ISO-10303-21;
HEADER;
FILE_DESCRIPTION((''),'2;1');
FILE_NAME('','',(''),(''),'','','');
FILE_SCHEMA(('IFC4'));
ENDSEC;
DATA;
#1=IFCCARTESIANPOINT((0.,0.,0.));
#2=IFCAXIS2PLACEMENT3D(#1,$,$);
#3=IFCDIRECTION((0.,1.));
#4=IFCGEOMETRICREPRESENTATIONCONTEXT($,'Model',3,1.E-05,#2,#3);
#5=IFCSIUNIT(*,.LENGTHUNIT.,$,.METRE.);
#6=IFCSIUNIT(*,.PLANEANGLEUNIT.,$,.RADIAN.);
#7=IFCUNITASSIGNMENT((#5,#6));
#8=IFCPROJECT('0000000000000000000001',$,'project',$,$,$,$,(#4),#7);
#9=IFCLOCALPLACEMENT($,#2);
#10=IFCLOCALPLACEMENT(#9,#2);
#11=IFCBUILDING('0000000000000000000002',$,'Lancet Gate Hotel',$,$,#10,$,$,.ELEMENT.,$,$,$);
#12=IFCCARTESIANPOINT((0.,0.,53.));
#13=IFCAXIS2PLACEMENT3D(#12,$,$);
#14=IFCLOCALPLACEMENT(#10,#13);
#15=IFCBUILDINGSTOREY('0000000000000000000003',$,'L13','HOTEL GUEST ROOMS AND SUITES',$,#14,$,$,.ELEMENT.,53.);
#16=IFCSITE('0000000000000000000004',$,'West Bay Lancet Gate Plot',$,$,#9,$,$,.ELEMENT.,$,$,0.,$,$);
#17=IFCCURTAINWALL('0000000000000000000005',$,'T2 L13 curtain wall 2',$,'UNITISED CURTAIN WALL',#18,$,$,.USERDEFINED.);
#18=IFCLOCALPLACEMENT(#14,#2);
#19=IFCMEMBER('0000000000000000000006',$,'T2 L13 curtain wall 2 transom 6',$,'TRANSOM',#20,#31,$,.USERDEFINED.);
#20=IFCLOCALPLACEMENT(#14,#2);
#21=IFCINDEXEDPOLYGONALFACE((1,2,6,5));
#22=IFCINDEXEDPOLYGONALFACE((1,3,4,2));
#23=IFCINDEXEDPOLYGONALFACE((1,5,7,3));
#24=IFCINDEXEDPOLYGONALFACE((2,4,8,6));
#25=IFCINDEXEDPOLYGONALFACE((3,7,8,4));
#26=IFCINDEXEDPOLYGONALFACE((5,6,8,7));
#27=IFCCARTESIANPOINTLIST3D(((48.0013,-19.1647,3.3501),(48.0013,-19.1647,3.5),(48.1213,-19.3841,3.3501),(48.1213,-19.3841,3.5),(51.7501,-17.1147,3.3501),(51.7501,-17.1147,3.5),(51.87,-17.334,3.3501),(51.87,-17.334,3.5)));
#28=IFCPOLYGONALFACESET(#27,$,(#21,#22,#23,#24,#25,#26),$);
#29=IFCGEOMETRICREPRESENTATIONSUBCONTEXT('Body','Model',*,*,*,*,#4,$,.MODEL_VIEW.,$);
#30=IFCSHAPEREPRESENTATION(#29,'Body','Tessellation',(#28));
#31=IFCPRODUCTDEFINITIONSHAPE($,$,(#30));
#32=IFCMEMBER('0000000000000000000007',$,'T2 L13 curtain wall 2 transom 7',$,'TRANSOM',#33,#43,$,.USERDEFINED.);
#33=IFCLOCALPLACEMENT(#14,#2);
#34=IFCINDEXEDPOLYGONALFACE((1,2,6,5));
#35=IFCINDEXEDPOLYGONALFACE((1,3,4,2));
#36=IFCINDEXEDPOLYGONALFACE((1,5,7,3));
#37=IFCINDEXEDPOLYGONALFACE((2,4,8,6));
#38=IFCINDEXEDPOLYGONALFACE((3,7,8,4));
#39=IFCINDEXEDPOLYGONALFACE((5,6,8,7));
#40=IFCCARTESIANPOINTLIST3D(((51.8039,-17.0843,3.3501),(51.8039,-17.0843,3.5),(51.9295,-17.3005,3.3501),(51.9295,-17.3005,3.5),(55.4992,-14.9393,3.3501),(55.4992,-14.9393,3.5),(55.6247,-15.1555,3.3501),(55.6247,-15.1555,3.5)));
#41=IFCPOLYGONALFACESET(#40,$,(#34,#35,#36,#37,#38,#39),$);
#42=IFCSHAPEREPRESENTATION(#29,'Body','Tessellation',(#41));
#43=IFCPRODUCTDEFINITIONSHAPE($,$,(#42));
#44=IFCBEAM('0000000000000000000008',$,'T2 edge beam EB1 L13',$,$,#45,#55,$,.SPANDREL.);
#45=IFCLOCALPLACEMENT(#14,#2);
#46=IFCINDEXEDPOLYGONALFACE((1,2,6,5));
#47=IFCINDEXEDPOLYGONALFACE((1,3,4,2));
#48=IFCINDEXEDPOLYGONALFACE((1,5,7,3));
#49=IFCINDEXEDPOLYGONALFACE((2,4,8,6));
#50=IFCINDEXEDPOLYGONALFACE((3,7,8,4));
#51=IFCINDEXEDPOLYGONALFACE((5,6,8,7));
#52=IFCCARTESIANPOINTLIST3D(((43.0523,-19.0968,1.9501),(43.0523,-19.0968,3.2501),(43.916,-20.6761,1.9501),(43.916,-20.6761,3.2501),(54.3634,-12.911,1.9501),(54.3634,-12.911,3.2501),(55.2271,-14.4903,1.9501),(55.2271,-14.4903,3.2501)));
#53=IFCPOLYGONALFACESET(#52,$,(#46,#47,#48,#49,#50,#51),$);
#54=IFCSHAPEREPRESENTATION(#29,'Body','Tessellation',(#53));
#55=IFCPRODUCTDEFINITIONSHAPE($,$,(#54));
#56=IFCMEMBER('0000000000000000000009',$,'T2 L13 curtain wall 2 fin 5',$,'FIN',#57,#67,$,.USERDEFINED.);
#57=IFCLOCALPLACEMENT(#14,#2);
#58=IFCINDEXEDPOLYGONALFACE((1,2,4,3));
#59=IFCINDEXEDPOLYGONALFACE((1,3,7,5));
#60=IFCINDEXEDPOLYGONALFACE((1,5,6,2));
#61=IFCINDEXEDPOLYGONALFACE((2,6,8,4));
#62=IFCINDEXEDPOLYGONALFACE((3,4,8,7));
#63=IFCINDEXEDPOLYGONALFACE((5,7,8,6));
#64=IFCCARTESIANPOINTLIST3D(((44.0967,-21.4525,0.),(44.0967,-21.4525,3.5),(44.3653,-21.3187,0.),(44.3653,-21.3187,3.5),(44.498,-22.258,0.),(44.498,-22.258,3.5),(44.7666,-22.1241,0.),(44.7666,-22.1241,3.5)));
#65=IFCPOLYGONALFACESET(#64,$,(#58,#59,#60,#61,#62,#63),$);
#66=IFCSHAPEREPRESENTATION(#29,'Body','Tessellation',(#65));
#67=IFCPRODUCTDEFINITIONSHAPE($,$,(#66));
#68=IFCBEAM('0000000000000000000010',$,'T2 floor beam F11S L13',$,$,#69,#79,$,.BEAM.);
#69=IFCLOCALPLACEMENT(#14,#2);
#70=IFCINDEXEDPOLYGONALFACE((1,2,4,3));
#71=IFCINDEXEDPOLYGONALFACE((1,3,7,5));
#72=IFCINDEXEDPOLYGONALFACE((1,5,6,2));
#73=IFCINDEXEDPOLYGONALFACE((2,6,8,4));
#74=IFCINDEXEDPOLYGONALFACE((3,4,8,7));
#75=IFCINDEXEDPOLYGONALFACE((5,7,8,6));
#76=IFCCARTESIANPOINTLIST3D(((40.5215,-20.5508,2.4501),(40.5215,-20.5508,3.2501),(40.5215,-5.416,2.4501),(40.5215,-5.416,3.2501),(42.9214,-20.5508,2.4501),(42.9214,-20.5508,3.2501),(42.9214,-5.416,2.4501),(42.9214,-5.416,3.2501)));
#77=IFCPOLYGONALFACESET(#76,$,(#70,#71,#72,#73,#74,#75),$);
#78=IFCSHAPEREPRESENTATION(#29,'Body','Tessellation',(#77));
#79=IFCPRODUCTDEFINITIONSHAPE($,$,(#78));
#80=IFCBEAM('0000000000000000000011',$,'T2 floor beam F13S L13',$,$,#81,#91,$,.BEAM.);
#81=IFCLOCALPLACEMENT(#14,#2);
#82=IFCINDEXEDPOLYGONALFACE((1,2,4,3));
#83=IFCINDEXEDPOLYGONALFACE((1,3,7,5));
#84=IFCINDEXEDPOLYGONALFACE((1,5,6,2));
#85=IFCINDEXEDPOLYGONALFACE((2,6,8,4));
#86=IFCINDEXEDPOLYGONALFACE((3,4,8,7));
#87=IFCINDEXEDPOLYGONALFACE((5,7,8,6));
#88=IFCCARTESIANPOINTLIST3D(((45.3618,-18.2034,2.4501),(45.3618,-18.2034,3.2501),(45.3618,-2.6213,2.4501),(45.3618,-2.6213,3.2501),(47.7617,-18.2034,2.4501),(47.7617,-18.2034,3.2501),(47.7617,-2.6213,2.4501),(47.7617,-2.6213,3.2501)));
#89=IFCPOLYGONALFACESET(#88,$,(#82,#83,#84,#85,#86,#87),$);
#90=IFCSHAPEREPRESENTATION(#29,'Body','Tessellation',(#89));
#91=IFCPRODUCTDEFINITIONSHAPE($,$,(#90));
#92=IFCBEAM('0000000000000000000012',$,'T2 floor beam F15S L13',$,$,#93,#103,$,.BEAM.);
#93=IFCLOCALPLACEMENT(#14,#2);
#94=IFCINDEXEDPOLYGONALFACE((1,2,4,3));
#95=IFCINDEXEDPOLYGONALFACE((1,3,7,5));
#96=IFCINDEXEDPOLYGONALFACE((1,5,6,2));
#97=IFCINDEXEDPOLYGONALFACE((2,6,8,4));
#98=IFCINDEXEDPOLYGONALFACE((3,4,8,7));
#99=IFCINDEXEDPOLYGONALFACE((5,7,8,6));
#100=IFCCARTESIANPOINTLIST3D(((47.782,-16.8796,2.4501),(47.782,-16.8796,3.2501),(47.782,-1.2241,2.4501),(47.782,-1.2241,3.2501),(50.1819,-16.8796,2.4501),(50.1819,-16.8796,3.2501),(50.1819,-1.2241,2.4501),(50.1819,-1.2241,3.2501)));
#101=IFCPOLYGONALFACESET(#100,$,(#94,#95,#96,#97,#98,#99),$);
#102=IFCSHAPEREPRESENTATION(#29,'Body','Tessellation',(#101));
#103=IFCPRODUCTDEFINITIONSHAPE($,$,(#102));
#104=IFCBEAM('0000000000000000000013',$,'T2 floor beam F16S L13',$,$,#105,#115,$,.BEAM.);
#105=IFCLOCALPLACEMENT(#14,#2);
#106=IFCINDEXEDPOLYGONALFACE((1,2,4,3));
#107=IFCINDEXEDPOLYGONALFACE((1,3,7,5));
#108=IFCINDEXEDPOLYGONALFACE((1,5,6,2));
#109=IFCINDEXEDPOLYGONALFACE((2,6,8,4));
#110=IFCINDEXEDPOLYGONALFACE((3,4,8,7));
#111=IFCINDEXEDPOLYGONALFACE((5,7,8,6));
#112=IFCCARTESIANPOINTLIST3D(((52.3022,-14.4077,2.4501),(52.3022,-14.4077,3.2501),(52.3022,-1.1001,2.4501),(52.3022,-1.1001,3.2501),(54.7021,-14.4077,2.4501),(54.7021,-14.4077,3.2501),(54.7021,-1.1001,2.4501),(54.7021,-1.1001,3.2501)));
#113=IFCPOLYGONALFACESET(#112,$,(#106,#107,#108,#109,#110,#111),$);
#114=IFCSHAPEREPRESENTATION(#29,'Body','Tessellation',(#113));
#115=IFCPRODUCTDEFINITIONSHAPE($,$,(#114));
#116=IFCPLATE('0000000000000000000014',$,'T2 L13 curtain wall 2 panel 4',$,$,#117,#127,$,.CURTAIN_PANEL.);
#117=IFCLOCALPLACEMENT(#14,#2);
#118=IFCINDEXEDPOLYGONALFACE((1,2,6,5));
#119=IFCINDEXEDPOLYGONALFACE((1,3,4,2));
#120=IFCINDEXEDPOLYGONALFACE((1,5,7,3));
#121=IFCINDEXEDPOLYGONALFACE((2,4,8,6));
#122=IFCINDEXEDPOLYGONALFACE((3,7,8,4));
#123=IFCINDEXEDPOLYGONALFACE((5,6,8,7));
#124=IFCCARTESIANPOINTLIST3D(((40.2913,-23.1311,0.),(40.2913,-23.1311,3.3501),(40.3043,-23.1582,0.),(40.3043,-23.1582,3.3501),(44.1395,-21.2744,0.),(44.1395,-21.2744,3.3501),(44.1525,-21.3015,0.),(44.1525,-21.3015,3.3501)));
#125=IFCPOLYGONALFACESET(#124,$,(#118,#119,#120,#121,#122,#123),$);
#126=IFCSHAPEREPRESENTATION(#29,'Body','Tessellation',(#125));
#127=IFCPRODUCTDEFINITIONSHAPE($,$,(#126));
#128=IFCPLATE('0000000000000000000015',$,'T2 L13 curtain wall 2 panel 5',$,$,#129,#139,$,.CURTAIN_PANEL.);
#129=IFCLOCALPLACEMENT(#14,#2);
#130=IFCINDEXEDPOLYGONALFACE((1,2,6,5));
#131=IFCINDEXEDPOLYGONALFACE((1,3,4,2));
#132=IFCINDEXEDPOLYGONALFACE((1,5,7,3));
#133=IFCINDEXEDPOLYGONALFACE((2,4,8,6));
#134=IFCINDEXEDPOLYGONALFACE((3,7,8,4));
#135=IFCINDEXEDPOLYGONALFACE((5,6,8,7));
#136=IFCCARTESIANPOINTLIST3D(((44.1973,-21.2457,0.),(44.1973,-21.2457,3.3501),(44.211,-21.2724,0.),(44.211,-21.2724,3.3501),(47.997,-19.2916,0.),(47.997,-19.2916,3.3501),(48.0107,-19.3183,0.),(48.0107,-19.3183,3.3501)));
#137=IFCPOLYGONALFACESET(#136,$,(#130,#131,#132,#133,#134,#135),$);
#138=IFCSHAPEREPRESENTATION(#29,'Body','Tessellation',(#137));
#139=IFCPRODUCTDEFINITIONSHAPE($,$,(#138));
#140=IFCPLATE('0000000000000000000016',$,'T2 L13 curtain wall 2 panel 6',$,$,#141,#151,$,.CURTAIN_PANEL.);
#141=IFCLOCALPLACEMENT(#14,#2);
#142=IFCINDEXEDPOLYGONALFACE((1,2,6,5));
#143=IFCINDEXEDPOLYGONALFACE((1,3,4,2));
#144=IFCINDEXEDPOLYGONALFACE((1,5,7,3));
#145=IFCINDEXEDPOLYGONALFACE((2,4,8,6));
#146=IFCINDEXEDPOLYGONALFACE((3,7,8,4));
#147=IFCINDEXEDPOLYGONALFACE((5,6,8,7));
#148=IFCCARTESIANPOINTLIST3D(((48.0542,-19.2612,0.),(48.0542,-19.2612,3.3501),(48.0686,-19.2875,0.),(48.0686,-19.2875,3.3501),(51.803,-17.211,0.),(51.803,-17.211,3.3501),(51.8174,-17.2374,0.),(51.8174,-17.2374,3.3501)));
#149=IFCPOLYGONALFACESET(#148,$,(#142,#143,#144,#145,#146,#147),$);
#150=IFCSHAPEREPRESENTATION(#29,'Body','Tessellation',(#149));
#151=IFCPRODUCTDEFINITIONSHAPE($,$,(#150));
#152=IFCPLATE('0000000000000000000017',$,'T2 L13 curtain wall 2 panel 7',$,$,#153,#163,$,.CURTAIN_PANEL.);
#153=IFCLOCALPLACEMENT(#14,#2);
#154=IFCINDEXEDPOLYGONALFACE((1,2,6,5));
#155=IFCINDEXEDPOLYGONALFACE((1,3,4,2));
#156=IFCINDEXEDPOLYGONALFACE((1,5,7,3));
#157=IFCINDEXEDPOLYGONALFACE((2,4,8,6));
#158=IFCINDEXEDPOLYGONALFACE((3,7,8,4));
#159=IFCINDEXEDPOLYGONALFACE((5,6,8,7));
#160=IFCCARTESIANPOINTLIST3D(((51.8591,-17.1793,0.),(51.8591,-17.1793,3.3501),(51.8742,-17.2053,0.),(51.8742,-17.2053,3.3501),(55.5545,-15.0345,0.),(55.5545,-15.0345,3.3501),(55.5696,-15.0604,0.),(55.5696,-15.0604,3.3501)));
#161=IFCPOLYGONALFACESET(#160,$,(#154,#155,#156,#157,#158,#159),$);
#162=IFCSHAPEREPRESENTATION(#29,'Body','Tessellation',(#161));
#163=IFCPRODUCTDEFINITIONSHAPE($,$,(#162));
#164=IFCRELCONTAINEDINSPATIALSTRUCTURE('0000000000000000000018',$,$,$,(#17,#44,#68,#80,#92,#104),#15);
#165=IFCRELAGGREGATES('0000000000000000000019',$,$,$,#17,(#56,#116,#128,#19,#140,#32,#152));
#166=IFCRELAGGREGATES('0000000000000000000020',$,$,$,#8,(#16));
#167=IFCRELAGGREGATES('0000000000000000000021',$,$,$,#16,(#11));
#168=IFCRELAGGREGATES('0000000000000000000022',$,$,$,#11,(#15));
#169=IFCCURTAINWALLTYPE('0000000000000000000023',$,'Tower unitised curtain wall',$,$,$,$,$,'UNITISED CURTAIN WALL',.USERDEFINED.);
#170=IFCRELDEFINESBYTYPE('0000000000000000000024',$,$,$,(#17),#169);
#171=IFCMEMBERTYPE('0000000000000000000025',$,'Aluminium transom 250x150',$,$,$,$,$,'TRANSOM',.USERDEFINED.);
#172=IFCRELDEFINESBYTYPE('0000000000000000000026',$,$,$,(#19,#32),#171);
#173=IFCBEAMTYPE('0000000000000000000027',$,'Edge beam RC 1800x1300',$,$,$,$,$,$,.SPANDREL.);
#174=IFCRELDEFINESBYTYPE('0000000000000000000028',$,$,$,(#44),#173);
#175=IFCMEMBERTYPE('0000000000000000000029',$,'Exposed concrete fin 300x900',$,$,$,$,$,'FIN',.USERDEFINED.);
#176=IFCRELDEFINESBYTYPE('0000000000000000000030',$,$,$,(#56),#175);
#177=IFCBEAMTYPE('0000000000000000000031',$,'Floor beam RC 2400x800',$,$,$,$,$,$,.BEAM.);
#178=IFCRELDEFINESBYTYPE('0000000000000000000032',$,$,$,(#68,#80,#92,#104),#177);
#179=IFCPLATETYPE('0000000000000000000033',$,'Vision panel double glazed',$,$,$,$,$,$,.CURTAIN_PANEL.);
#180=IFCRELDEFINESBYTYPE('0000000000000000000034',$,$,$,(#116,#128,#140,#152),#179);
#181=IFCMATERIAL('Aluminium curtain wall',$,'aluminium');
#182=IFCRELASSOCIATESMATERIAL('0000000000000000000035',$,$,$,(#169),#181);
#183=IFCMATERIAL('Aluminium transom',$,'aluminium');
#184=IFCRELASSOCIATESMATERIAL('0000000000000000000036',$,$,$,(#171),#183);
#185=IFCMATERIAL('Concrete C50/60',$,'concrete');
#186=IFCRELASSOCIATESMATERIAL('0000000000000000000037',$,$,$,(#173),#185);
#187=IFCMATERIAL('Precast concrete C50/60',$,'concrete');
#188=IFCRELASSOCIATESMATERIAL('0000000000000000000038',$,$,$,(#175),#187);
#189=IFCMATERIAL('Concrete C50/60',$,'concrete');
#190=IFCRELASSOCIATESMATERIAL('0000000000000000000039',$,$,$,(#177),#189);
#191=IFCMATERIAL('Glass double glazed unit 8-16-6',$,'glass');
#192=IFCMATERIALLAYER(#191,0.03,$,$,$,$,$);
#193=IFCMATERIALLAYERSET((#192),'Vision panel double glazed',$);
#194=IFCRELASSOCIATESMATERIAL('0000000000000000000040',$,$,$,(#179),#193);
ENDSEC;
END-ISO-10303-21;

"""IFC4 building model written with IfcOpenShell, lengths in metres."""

from ifc_helpers import new_model, si_unit, direction, frame, origin, origin_2d, place, context, subcontext, project, spatial, rectangle, extrude, material, layer, layer_set, material_profile, profile_set, type_object, element, aggregate, save


model = new_model("IFC4")

# Units and contexts
model_context = context("Model", 3, precision=1e-05, world=origin(), true_north=direction((0.0, 1.0)))
body_context = subcontext(model_context, "Body", "Model", "MODEL_VIEW")
ifc_project = project(units=[si_unit("LENGTHUNIT", "METRE"), si_unit("PLANEANGLEUNIT", "RADIAN")], contexts=[model_context])

# Site, building, storey
site_placement = place(None, origin())
site = spatial("IfcSite", under=ifc_project, at=site_placement, Name="West Bay Lancet Gate Plot", CompositionType="ELEMENT", RefElevation=0.0)
building_placement = place(site_placement, origin())
building = spatial("IfcBuilding", under=site, at=building_placement, Name="Lancet Gate Hotel", CompositionType="ELEMENT")
storey_placement = place(building_placement, frame((0.0, 0.0, 53.0)))
storey = spatial("IfcBuildingStorey", under=building, at=storey_placement, Name="L13", Description="HOTEL GUEST ROOMS AND SUITES", CompositionType="ELEMENT", Elevation=53.0)

# Curtain wall, members
ifc_material_1 = material(Name="Aluminium curtain wall", Category="aluminium")
curtain_wall_type = type_object("IfcCurtainWallType", Name="Tower unitised curtain wall", ElementType="UNITISED CURTAIN WALL", PredefinedType="USERDEFINED", material=ifc_material_1)
curtain_wall_placement = place(storey_placement, origin())
curtain_wall = element("IfcCurtainWall", 1, at=curtain_wall_placement, inside=storey, type_object=curtain_wall_type, Name="T2 L13 curtain wall 2", ObjectType="UNITISED CURTAIN WALL", PredefinedType="USERDEFINED")
ifc_material_2 = material(Name="Aluminium transom", Category="aluminium")
ifc_material_profile_1 = material_profile(ifc_material_2, rectangle(XDim=0.25, YDim=0.1499, at=origin_2d()), Name="TRANSOM 250x150")
ifc_profile_set_1 = profile_set([ifc_material_profile_1], Name="Aluminium transom")
member_type_1 = type_object("IfcMemberType", Name="Aluminium transom 250x150", ElementType="TRANSOM", PredefinedType="USERDEFINED", material=ifc_profile_set_1)
member_1_placement = place(storey_placement, frame((48.0613, -19.2744, 3.425), z_axis=(0.877378, 0.479801, 0.0), x_axis=(-0.479801, 0.877378, 0.0)))
member_1 = element("IfcMember", 2, at=member_1_placement, type_object=member_type_1, Name="T2 L13 curtain wall 2 transom 6", ObjectType="TRANSOM", PredefinedType="USERDEFINED", context=body_context, shape_type="SweptSolid", body=[
    extrude(rectangle(XDim=0.25, YDim=0.1499, at=origin_2d()), origin(), (0.0, 0.0, 1.0), 4.2727),
])
member_2_placement = place(storey_placement, frame((51.8667, -17.1924, 3.425), z_axis=(0.864855, 0.502022, 0.0), x_axis=(-0.502022, 0.864855, 0.0)))
member_2 = element("IfcMember", 3, at=member_2_placement, type_object=member_type_1, Name="T2 L13 curtain wall 2 transom 7", ObjectType="TRANSOM", PredefinedType="USERDEFINED", context=body_context, shape_type="SweptSolid", body=[
    extrude(rectangle(XDim=0.25, YDim=0.1499, at=origin_2d()), origin(), (0.0, 0.0, 1.0), 4.2727),
])

# Beam
ifc_material_3 = material(Name="Concrete C50/60", Category="concrete")
ifc_material_profile_2 = material_profile(ifc_material_3, rectangle(XDim=1.8, YDim=1.3, at=origin_2d()), Name="RC 1800x1300")
ifc_profile_set_2 = profile_set([ifc_material_profile_2], Name="Concrete C50/60")
beam_type_1 = type_object("IfcBeamType", Name="Edge beam RC 1800x1300", PredefinedType="SPANDREL", material=ifc_profile_set_2)
beam_1_placement = place(storey_placement, frame((43.4841, -19.8865, 2.6001), z_axis=(0.877369, 0.479816, 0.0), x_axis=(-0.479816, 0.877369, 0.0)))
element("IfcBeam", 4, at=beam_1_placement, inside=storey, type_object=beam_type_1, Name="T2 edge beam EB1 L13", PredefinedType="SPANDREL", context=body_context, shape_type="SweptSolid", body=[
    extrude(rectangle(XDim=1.8, YDim=1.3, at=origin_2d()), origin(), (0.0, 0.0, 1.0), 12.8921),
])

# Member
ifc_material_4 = material(Name="Precast concrete C50/60", Category="concrete")
ifc_material_profile_3 = material_profile(ifc_material_4, rectangle(XDim=0.3, YDim=0.8999, at=origin_2d()), Name="FIN 300x900")
ifc_profile_set_3 = profile_set([ifc_material_profile_3], Name="Precast concrete C50/60")
member_type_2 = type_object("IfcMemberType", Name="Exposed concrete fin 300x900", ElementType="FIN", PredefinedType="USERDEFINED", material=ifc_profile_set_3)
member_3_placement = place(storey_placement, frame((44.4316, -21.7883, 0.0), z_axis=(0.0, 0.0, 1.0), x_axis=(0.895044, 0.445978, 0.0)))
member_3 = element("IfcMember", 5, at=member_3_placement, type_object=member_type_2, Name="T2 L13 curtain wall 2 fin 5", ObjectType="FIN", PredefinedType="USERDEFINED", context=body_context, shape_type="SweptSolid", body=[
    extrude(rectangle(XDim=0.3, YDim=0.8999, at=origin_2d()), origin(), (0.0, 0.0, 1.0), 3.5),
])

# Beams
ifc_material_5 = material(Name="Concrete C50/60", Category="concrete")
ifc_material_profile_4 = material_profile(ifc_material_5, rectangle(XDim=2.3999, YDim=0.8, at=origin_2d()), Name="RC 2400x800")
ifc_profile_set_4 = profile_set([ifc_material_profile_4], Name="Concrete C50/60")
beam_type_2 = type_object("IfcBeamType", Name="Floor beam RC 2400x800", PredefinedType="BEAM", material=ifc_profile_set_4)
beam_2_placement = place(storey_placement, frame((41.7214, -20.5508, 2.8501), z_axis=(0.0, 1.0, 0.0), x_axis=(-1.0, 0.0, 0.0)))
element("IfcBeam", 6, at=beam_2_placement, inside=storey, type_object=beam_type_2, Name="T2 floor beam F11S L13", PredefinedType="BEAM", context=body_context, shape_type="SweptSolid", body=[
    extrude(rectangle(XDim=2.3999, YDim=0.8, at=origin_2d()), origin(), (0.0, 0.0, 1.0), 15.1348),
])
beam_3_placement = place(storey_placement, frame((46.5618, -18.2034, 2.8501), z_axis=(0.0, 1.0, 0.0), x_axis=(-1.0, 0.0, 0.0)))
element("IfcBeam", 7, at=beam_3_placement, inside=storey, type_object=beam_type_2, Name="T2 floor beam F13S L13", PredefinedType="BEAM", context=body_context, shape_type="SweptSolid", body=[
    extrude(rectangle(XDim=2.3999, YDim=0.8, at=origin_2d()), origin(), (0.0, 0.0, 1.0), 15.582),
])
beam_4_placement = place(storey_placement, frame((48.9819, -16.8796, 2.8501), z_axis=(0.0, 1.0, 0.0), x_axis=(-1.0, 0.0, 0.0)))
element("IfcBeam", 8, at=beam_4_placement, inside=storey, type_object=beam_type_2, Name="T2 floor beam F15S L13", PredefinedType="BEAM", context=body_context, shape_type="SweptSolid", body=[
    extrude(rectangle(XDim=2.3999, YDim=0.8, at=origin_2d()), origin(), (0.0, 0.0, 1.0), 15.6555),
])
beam_5_placement = place(storey_placement, frame((53.5022, -14.4077, 2.8501), z_axis=(0.0, 1.0, 0.0), x_axis=(-1.0, 0.0, 0.0)))
element("IfcBeam", 9, at=beam_5_placement, inside=storey, type_object=beam_type_2, Name="T2 floor beam F16S L13", PredefinedType="BEAM", context=body_context, shape_type="SweptSolid", body=[
    extrude(rectangle(XDim=2.3999, YDim=0.8, at=origin_2d()), origin(), (0.0, 0.0, 1.0), 13.3076),
])

# Plates
ifc_material_6 = material(Name="Glass double glazed unit 8-16-6", Category="glass")
ifc_layer = layer(ifc_material_6, 0.03)
ifc_layer_set = layer_set([ifc_layer], Name="Vision panel double glazed")
plate_type = type_object("IfcPlateType", Name="Vision panel double glazed", PredefinedType="CURTAIN_PANEL", material=ifc_layer_set)
plate_1_placement = place(storey_placement, frame((42.2219, -22.2163, 0.0), z_axis=(0.0, 0.0, 1.0), x_axis=(0.900647, 0.43455, 0.0)))
plate_1 = element("IfcPlate", 10, at=plate_1_placement, type_object=plate_type, Name="T2 L13 curtain wall 2 panel 4", PredefinedType="CURTAIN_PANEL", context=body_context, shape_type="SweptSolid", body=[
    extrude(rectangle(XDim=4.2727, YDim=0.03, at=origin_2d()), origin(), (0.0, 0.0, 1.0), 3.3501),
])
plate_2_placement = place(storey_placement, frame((46.104, -20.282, 0.0), z_axis=(0.0, 0.0, 1.0), x_axis=(0.889296, 0.457332, 0.0)))
plate_2 = element("IfcPlate", 11, at=plate_2_placement, type_object=plate_type, Name="T2 L13 curtain wall 2 panel 5", PredefinedType="CURTAIN_PANEL", context=body_context, shape_type="SweptSolid", body=[
    extrude(rectangle(XDim=4.2727, YDim=0.03, at=origin_2d()), origin(), (0.0, 0.0, 1.0), 3.3501),
])
plate_3_placement = place(storey_placement, frame((49.9358, -18.2493, 0.0), z_axis=(0.0, 0.0, 1.0), x_axis=(0.877368, 0.479818, 0.0)))
plate_3 = element("IfcPlate", 12, at=plate_3_placement, type_object=plate_type, Name="T2 L13 curtain wall 2 panel 6", PredefinedType="CURTAIN_PANEL", context=body_context, shape_type="SweptSolid", body=[
    extrude(rectangle(XDim=4.2727, YDim=0.03, at=origin_2d()), origin(), (0.0, 0.0, 1.0), 3.3501),
])
plate_4_placement = place(storey_placement, frame((53.7144, -16.1199, 0.0), z_axis=(0.0, 0.0, 1.0), x_axis=(0.864872, 0.501993, 0.0)))
plate_4 = element("IfcPlate", 13, at=plate_4_placement, type_object=plate_type, Name="T2 L13 curtain wall 2 panel 7", PredefinedType="CURTAIN_PANEL", context=body_context, shape_type="SweptSolid", body=[
    extrude(rectangle(XDim=4.2727, YDim=0.03, at=origin_2d()), origin(), (0.0, 0.0, 1.0), 3.3501),
])
aggregate(curtain_wall, [member_3, plate_1, plate_2, member_1, plate_3, member_2, plate_4])

save(model, "model.ifc")
